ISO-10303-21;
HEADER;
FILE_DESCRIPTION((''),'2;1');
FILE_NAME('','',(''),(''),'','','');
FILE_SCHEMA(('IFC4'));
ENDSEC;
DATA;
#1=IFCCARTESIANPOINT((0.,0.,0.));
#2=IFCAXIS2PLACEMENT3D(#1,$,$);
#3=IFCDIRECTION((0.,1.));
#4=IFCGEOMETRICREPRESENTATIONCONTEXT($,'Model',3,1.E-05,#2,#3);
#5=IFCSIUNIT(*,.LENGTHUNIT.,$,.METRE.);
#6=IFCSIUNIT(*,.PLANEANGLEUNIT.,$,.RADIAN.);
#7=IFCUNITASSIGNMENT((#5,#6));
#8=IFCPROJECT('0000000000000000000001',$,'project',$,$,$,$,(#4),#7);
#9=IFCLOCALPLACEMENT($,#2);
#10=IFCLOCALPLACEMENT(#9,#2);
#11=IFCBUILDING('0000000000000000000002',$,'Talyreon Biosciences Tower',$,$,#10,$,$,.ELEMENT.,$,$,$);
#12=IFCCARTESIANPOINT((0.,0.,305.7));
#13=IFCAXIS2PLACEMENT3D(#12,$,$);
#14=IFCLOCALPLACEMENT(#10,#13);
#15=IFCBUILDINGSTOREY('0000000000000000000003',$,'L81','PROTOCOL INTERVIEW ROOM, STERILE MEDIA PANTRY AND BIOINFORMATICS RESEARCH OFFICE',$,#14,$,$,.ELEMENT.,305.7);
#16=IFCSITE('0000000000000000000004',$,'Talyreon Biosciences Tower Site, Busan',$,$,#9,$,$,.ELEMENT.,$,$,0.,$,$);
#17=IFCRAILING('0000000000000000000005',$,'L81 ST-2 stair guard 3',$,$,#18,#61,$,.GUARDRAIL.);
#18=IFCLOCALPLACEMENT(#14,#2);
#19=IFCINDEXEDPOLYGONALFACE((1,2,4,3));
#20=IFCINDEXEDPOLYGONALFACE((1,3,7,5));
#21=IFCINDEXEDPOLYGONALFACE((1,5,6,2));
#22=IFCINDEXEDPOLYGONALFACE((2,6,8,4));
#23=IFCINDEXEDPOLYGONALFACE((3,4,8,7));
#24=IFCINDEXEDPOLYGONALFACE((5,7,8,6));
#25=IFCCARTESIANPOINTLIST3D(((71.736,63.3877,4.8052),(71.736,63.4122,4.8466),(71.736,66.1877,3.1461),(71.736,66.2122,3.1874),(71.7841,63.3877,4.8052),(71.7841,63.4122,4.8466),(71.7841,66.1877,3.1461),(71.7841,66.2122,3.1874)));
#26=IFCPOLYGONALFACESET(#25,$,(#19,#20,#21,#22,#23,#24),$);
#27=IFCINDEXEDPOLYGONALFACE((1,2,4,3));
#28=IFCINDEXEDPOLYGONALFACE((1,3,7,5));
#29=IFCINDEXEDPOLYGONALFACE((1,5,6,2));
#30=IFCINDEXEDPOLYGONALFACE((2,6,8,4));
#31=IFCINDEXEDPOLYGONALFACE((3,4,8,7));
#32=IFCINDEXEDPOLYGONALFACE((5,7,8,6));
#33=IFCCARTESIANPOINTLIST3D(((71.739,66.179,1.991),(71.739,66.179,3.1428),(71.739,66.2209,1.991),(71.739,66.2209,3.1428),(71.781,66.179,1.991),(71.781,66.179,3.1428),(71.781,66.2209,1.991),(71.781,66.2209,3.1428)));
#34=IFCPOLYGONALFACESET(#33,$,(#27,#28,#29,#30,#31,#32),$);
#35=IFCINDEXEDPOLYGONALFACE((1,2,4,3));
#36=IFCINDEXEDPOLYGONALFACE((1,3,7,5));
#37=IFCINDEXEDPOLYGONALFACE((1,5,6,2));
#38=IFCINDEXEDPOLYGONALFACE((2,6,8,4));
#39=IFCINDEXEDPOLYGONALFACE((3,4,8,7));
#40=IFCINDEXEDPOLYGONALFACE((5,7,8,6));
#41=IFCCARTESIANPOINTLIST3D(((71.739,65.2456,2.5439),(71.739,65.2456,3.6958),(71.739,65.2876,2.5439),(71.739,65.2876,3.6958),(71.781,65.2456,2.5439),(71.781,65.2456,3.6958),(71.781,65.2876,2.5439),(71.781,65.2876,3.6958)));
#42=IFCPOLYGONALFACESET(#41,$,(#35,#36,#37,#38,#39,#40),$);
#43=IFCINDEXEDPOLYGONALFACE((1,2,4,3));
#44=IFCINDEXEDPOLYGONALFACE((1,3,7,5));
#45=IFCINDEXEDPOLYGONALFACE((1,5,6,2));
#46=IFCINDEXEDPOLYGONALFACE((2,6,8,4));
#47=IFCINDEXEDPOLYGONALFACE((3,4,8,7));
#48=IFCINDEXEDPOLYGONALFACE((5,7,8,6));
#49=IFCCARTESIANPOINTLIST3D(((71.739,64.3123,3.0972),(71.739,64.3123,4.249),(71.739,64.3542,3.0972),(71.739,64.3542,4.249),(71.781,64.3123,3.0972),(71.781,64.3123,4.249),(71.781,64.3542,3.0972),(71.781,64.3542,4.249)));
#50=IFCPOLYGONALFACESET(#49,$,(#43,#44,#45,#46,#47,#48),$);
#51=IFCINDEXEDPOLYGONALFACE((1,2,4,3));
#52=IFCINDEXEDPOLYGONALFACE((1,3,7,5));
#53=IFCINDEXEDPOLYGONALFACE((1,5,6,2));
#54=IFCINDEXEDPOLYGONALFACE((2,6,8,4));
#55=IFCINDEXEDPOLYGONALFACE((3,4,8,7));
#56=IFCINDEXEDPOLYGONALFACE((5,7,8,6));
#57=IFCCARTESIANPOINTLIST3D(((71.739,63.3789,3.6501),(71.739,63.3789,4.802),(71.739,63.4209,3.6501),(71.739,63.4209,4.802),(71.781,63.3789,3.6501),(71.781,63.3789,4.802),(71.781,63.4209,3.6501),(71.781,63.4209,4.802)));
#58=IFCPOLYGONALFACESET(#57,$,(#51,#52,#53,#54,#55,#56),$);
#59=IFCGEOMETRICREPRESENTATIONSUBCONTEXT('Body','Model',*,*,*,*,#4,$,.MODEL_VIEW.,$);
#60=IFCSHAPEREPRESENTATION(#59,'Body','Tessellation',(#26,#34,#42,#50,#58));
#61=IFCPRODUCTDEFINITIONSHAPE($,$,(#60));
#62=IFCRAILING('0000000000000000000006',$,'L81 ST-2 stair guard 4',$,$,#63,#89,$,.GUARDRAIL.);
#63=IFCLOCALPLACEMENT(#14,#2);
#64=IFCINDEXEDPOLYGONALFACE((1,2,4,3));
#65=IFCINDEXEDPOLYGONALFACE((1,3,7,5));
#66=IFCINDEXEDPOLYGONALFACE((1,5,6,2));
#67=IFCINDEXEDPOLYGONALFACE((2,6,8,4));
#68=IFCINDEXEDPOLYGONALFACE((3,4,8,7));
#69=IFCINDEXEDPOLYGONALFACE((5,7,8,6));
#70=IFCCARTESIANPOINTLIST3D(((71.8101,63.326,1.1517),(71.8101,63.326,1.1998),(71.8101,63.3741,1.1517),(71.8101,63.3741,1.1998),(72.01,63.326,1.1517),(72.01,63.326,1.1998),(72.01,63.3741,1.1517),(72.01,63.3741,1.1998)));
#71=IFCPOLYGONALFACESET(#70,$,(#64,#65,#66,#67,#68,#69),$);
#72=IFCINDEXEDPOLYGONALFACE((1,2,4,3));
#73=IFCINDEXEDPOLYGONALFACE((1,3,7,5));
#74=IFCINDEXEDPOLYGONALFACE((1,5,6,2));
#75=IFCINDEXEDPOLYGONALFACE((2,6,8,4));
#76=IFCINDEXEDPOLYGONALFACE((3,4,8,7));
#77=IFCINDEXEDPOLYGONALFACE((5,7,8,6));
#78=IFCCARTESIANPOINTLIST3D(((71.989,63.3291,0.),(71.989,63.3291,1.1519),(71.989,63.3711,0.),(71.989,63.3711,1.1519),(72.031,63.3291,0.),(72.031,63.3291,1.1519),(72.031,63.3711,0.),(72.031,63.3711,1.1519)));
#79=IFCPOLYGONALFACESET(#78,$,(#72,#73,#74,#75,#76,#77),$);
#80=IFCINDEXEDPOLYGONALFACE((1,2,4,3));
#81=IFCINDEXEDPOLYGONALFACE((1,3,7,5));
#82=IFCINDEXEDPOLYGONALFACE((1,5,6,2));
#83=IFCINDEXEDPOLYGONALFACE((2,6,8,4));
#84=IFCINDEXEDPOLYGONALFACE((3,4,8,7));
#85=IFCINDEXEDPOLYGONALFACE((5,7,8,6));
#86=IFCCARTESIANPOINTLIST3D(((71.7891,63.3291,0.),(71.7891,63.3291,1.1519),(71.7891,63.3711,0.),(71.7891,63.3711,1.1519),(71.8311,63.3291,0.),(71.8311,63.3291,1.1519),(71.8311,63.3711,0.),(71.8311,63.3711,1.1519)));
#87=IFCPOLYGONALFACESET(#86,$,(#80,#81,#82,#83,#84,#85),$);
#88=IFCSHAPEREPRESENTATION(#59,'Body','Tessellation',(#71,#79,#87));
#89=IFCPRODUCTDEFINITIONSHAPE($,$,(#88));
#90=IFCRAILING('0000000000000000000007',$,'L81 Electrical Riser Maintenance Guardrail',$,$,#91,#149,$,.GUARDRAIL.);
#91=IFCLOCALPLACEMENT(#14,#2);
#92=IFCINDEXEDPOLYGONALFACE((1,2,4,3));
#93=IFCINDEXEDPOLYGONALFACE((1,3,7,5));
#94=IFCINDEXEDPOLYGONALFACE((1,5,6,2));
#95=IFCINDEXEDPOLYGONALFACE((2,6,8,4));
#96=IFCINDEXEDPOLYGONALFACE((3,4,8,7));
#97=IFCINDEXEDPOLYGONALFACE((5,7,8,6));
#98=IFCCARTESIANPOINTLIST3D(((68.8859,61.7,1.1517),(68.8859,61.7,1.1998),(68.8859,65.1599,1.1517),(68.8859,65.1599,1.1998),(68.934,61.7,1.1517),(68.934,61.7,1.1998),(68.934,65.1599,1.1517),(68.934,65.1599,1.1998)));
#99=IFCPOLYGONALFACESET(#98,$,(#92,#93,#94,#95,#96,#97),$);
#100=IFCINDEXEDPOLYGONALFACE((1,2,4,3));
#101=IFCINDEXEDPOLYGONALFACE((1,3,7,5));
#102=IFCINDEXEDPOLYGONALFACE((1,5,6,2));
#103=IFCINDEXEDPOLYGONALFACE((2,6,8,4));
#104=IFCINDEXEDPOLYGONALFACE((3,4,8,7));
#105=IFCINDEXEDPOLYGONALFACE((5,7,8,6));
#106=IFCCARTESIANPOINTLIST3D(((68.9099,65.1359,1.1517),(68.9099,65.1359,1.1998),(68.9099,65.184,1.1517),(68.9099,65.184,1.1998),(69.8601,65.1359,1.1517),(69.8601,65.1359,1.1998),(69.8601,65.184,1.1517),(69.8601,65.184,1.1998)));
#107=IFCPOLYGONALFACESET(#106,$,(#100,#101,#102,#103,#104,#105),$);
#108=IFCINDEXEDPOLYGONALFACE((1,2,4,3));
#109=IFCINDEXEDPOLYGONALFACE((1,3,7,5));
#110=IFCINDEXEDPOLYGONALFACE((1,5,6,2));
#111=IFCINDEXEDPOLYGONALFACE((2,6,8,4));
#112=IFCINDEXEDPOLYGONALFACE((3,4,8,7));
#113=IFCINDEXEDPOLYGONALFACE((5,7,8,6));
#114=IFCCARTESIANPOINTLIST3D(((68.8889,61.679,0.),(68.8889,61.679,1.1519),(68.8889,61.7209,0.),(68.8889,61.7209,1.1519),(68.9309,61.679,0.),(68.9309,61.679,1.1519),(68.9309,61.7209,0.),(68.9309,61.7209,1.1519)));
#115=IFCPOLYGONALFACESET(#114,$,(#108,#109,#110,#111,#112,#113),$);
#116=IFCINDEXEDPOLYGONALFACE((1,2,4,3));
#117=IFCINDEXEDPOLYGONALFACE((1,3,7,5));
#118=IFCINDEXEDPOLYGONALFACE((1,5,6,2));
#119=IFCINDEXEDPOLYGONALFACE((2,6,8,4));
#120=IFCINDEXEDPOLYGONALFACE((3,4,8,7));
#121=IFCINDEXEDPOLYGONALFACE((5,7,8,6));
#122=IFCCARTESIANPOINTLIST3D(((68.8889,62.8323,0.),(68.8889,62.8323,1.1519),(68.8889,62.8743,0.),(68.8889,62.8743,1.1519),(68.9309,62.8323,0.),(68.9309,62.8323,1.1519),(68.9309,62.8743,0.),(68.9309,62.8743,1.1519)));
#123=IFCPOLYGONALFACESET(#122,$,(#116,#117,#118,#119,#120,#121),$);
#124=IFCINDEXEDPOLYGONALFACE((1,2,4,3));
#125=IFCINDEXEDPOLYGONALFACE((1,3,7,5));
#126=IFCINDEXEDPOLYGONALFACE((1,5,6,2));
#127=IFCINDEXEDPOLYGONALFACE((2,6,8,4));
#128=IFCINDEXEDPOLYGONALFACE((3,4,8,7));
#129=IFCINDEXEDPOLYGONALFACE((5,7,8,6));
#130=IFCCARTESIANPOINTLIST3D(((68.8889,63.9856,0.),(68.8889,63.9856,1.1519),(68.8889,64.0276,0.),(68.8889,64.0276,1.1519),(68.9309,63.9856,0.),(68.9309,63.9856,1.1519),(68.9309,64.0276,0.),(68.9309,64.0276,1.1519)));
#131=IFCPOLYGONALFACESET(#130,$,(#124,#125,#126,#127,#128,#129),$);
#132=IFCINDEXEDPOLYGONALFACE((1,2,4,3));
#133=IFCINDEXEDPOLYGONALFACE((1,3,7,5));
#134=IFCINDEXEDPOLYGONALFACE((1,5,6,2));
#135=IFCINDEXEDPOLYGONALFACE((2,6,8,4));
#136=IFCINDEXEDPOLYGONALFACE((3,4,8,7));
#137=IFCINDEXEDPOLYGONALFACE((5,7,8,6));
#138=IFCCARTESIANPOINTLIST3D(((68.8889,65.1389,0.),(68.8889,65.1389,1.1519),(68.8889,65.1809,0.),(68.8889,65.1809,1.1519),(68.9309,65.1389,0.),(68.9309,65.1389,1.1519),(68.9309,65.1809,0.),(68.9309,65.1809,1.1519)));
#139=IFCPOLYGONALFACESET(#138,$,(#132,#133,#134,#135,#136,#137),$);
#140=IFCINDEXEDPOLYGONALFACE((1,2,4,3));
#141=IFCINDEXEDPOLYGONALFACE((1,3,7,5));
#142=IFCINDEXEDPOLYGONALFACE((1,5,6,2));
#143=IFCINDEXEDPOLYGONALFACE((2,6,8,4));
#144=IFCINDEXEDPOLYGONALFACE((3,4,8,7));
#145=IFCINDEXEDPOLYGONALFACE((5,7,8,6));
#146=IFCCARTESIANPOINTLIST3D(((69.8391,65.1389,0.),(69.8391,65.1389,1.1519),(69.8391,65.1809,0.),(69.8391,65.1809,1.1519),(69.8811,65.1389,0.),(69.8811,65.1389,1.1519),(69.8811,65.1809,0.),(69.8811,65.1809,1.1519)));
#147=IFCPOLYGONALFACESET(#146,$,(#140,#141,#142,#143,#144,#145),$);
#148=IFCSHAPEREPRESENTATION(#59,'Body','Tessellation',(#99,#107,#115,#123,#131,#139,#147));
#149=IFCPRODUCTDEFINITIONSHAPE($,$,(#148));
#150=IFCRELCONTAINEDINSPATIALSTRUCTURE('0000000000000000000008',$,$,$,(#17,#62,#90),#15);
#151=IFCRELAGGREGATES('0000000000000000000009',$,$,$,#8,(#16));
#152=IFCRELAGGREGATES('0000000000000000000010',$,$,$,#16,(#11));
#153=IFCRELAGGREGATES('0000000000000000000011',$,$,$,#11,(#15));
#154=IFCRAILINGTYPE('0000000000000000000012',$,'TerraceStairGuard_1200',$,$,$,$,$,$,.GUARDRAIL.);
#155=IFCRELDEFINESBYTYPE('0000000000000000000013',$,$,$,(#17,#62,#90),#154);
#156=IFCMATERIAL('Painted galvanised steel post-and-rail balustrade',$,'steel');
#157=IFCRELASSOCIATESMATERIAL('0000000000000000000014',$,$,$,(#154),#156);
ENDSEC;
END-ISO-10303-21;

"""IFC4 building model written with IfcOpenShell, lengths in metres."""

from ifc_helpers import new_model, si_unit, direction, frame, origin, origin_2d, place, context, subcontext, project, spatial, rectangle, extrude, material, type_object, element, save


model = new_model("IFC4")

# Units and contexts
model_context = context("Model", 3, precision=1e-05, world=origin(), true_north=direction((0.0, 1.0)))
body_context = subcontext(model_context, "Body", "Model", "MODEL_VIEW")
ifc_project = project(units=[si_unit("LENGTHUNIT", "METRE"), si_unit("PLANEANGLEUNIT", "RADIAN")], contexts=[model_context])

# Site, building, storey
site_placement = place(None, origin())
site = spatial("IfcSite", under=ifc_project, at=site_placement, Name="Talyreon Biosciences Tower Site, Busan", CompositionType="ELEMENT", RefElevation=0.0)
building_placement = place(site_placement, origin())
building = spatial("IfcBuilding", under=site, at=building_placement, Name="Talyreon Biosciences Tower", CompositionType="ELEMENT")
storey_placement = place(building_placement, frame((0.0, 0.0, 305.7)))
storey = spatial("IfcBuildingStorey", under=building, at=storey_placement, Name="L81", Description="PROTOCOL INTERVIEW ROOM, STERILE MEDIA PANTRY AND BIOINFORMATICS RESEARCH OFFICE", CompositionType="ELEMENT", Elevation=305.7)

# Railings
ifc_material_1 = material(Name="Painted galvanised steel post-and-rail balustrade", Category="steel")
railing_type_1 = type_object("IfcRailingType", Name="TerraceStairGuard_1200", PredefinedType="GUARDRAIL", material=ifc_material_1)
railing_1_placement = place(storey_placement, frame((71.76, 66.2, 1.991)))
element("IfcRailing", 1, at=railing_1_placement, inside=storey, type_object=railing_type_1, Name="L81 ST-2 stair guard 3", PredefinedType="GUARDRAIL", context=body_context, shape_type="SweptSolid", body=[
    extrude(rectangle(XDim=0.0481, YDim=0.0481, at=origin_2d()), frame((0.0, 0.0, 1.1758), z_axis=(0.0, -0.860306, 0.509778), x_axis=(1.0, 0.0, 0.0)), (0.0, 0.0, 1.0), 3.2546),
    extrude(rectangle(XDim=0.042, YDim=0.042, at=origin_2d()), origin(), (0.0, 0.0, 1.0), 1.1519),
    extrude(rectangle(XDim=0.042, YDim=0.042, at=origin_2d()), frame((0.0, -0.9333, 0.553)), (0.0, 0.0, 1.0), 1.1519),
    extrude(rectangle(XDim=0.042, YDim=0.042, at=origin_2d()), frame((0.0, -1.8667, 1.1062)), (0.0, 0.0, 1.0), 1.1519),
    extrude(rectangle(XDim=0.042, YDim=0.042, at=origin_2d()), frame((0.0, -2.8, 1.6592)), (0.0, 0.0, 1.0), 1.1519),
])
railing_2_placement = place(storey_placement, frame((72.01, 63.3501, 0.0)))
element("IfcRailing", 2, at=railing_2_placement, inside=storey, type_object=railing_type_1, Name="L81 ST-2 stair guard 4", PredefinedType="GUARDRAIL", context=body_context, shape_type="SweptSolid", body=[
    extrude(rectangle(XDim=0.0481, YDim=0.0481, at=origin_2d()), frame((0.0, 0.0, 1.1758), z_axis=(-1.0, 0.0, 0.0), x_axis=(0.0, -1.0, 0.0)), (0.0, 0.0, 1.0), 0.2),
    extrude(rectangle(XDim=0.042, YDim=0.042, at=origin_2d()), origin(), (0.0, 0.0, 1.0), 1.1519),
    extrude(rectangle(XDim=0.042, YDim=0.042, at=origin_2d()), frame((-0.2, 0.0, 0.0)), (0.0, 0.0, 1.0), 1.1519),
])
railing_3_placement = place(storey_placement, frame((68.9099, 61.7, 0.0)))
element("IfcRailing", 3, at=railing_3_placement, inside=storey, type_object=railing_type_1, Name="L81 Electrical Riser Maintenance Guardrail", PredefinedType="GUARDRAIL", context=body_context, shape_type="SweptSolid", body=[
    extrude(rectangle(XDim=0.0481, YDim=0.0481, at=origin_2d()), frame((0.0, 0.0, 1.1758), z_axis=(0.0, 1.0, 0.0), x_axis=(-1.0, 0.0, 0.0)), (0.0, 0.0, 1.0), 3.46),
    extrude(rectangle(XDim=0.0481, YDim=0.0481, at=origin_2d()), frame((0.0, 3.46, 1.1758), z_axis=(1.0, 0.0, 0.0), x_axis=(0.0, 1.0, 0.0)), (0.0, 0.0, 1.0), 0.9502),
    extrude(rectangle(XDim=0.042, YDim=0.042, at=origin_2d()), origin(), (0.0, 0.0, 1.0), 1.1519),
    extrude(rectangle(XDim=0.042, YDim=0.042, at=origin_2d()), frame((0.0, 1.1533, 0.0)), (0.0, 0.0, 1.0), 1.1519),
    extrude(rectangle(XDim=0.042, YDim=0.042, at=origin_2d()), frame((0.0, 2.3066, 0.0)), (0.0, 0.0, 1.0), 1.1519),
    extrude(rectangle(XDim=0.042, YDim=0.042, at=origin_2d()), frame((0.0, 3.46, 0.0)), (0.0, 0.0, 1.0), 1.1519),
    extrude(rectangle(XDim=0.042, YDim=0.042, at=origin_2d()), frame((0.9502, 3.46, 0.0)), (0.0, 0.0, 1.0), 1.1519),
])

save(model, "model.ifc")
